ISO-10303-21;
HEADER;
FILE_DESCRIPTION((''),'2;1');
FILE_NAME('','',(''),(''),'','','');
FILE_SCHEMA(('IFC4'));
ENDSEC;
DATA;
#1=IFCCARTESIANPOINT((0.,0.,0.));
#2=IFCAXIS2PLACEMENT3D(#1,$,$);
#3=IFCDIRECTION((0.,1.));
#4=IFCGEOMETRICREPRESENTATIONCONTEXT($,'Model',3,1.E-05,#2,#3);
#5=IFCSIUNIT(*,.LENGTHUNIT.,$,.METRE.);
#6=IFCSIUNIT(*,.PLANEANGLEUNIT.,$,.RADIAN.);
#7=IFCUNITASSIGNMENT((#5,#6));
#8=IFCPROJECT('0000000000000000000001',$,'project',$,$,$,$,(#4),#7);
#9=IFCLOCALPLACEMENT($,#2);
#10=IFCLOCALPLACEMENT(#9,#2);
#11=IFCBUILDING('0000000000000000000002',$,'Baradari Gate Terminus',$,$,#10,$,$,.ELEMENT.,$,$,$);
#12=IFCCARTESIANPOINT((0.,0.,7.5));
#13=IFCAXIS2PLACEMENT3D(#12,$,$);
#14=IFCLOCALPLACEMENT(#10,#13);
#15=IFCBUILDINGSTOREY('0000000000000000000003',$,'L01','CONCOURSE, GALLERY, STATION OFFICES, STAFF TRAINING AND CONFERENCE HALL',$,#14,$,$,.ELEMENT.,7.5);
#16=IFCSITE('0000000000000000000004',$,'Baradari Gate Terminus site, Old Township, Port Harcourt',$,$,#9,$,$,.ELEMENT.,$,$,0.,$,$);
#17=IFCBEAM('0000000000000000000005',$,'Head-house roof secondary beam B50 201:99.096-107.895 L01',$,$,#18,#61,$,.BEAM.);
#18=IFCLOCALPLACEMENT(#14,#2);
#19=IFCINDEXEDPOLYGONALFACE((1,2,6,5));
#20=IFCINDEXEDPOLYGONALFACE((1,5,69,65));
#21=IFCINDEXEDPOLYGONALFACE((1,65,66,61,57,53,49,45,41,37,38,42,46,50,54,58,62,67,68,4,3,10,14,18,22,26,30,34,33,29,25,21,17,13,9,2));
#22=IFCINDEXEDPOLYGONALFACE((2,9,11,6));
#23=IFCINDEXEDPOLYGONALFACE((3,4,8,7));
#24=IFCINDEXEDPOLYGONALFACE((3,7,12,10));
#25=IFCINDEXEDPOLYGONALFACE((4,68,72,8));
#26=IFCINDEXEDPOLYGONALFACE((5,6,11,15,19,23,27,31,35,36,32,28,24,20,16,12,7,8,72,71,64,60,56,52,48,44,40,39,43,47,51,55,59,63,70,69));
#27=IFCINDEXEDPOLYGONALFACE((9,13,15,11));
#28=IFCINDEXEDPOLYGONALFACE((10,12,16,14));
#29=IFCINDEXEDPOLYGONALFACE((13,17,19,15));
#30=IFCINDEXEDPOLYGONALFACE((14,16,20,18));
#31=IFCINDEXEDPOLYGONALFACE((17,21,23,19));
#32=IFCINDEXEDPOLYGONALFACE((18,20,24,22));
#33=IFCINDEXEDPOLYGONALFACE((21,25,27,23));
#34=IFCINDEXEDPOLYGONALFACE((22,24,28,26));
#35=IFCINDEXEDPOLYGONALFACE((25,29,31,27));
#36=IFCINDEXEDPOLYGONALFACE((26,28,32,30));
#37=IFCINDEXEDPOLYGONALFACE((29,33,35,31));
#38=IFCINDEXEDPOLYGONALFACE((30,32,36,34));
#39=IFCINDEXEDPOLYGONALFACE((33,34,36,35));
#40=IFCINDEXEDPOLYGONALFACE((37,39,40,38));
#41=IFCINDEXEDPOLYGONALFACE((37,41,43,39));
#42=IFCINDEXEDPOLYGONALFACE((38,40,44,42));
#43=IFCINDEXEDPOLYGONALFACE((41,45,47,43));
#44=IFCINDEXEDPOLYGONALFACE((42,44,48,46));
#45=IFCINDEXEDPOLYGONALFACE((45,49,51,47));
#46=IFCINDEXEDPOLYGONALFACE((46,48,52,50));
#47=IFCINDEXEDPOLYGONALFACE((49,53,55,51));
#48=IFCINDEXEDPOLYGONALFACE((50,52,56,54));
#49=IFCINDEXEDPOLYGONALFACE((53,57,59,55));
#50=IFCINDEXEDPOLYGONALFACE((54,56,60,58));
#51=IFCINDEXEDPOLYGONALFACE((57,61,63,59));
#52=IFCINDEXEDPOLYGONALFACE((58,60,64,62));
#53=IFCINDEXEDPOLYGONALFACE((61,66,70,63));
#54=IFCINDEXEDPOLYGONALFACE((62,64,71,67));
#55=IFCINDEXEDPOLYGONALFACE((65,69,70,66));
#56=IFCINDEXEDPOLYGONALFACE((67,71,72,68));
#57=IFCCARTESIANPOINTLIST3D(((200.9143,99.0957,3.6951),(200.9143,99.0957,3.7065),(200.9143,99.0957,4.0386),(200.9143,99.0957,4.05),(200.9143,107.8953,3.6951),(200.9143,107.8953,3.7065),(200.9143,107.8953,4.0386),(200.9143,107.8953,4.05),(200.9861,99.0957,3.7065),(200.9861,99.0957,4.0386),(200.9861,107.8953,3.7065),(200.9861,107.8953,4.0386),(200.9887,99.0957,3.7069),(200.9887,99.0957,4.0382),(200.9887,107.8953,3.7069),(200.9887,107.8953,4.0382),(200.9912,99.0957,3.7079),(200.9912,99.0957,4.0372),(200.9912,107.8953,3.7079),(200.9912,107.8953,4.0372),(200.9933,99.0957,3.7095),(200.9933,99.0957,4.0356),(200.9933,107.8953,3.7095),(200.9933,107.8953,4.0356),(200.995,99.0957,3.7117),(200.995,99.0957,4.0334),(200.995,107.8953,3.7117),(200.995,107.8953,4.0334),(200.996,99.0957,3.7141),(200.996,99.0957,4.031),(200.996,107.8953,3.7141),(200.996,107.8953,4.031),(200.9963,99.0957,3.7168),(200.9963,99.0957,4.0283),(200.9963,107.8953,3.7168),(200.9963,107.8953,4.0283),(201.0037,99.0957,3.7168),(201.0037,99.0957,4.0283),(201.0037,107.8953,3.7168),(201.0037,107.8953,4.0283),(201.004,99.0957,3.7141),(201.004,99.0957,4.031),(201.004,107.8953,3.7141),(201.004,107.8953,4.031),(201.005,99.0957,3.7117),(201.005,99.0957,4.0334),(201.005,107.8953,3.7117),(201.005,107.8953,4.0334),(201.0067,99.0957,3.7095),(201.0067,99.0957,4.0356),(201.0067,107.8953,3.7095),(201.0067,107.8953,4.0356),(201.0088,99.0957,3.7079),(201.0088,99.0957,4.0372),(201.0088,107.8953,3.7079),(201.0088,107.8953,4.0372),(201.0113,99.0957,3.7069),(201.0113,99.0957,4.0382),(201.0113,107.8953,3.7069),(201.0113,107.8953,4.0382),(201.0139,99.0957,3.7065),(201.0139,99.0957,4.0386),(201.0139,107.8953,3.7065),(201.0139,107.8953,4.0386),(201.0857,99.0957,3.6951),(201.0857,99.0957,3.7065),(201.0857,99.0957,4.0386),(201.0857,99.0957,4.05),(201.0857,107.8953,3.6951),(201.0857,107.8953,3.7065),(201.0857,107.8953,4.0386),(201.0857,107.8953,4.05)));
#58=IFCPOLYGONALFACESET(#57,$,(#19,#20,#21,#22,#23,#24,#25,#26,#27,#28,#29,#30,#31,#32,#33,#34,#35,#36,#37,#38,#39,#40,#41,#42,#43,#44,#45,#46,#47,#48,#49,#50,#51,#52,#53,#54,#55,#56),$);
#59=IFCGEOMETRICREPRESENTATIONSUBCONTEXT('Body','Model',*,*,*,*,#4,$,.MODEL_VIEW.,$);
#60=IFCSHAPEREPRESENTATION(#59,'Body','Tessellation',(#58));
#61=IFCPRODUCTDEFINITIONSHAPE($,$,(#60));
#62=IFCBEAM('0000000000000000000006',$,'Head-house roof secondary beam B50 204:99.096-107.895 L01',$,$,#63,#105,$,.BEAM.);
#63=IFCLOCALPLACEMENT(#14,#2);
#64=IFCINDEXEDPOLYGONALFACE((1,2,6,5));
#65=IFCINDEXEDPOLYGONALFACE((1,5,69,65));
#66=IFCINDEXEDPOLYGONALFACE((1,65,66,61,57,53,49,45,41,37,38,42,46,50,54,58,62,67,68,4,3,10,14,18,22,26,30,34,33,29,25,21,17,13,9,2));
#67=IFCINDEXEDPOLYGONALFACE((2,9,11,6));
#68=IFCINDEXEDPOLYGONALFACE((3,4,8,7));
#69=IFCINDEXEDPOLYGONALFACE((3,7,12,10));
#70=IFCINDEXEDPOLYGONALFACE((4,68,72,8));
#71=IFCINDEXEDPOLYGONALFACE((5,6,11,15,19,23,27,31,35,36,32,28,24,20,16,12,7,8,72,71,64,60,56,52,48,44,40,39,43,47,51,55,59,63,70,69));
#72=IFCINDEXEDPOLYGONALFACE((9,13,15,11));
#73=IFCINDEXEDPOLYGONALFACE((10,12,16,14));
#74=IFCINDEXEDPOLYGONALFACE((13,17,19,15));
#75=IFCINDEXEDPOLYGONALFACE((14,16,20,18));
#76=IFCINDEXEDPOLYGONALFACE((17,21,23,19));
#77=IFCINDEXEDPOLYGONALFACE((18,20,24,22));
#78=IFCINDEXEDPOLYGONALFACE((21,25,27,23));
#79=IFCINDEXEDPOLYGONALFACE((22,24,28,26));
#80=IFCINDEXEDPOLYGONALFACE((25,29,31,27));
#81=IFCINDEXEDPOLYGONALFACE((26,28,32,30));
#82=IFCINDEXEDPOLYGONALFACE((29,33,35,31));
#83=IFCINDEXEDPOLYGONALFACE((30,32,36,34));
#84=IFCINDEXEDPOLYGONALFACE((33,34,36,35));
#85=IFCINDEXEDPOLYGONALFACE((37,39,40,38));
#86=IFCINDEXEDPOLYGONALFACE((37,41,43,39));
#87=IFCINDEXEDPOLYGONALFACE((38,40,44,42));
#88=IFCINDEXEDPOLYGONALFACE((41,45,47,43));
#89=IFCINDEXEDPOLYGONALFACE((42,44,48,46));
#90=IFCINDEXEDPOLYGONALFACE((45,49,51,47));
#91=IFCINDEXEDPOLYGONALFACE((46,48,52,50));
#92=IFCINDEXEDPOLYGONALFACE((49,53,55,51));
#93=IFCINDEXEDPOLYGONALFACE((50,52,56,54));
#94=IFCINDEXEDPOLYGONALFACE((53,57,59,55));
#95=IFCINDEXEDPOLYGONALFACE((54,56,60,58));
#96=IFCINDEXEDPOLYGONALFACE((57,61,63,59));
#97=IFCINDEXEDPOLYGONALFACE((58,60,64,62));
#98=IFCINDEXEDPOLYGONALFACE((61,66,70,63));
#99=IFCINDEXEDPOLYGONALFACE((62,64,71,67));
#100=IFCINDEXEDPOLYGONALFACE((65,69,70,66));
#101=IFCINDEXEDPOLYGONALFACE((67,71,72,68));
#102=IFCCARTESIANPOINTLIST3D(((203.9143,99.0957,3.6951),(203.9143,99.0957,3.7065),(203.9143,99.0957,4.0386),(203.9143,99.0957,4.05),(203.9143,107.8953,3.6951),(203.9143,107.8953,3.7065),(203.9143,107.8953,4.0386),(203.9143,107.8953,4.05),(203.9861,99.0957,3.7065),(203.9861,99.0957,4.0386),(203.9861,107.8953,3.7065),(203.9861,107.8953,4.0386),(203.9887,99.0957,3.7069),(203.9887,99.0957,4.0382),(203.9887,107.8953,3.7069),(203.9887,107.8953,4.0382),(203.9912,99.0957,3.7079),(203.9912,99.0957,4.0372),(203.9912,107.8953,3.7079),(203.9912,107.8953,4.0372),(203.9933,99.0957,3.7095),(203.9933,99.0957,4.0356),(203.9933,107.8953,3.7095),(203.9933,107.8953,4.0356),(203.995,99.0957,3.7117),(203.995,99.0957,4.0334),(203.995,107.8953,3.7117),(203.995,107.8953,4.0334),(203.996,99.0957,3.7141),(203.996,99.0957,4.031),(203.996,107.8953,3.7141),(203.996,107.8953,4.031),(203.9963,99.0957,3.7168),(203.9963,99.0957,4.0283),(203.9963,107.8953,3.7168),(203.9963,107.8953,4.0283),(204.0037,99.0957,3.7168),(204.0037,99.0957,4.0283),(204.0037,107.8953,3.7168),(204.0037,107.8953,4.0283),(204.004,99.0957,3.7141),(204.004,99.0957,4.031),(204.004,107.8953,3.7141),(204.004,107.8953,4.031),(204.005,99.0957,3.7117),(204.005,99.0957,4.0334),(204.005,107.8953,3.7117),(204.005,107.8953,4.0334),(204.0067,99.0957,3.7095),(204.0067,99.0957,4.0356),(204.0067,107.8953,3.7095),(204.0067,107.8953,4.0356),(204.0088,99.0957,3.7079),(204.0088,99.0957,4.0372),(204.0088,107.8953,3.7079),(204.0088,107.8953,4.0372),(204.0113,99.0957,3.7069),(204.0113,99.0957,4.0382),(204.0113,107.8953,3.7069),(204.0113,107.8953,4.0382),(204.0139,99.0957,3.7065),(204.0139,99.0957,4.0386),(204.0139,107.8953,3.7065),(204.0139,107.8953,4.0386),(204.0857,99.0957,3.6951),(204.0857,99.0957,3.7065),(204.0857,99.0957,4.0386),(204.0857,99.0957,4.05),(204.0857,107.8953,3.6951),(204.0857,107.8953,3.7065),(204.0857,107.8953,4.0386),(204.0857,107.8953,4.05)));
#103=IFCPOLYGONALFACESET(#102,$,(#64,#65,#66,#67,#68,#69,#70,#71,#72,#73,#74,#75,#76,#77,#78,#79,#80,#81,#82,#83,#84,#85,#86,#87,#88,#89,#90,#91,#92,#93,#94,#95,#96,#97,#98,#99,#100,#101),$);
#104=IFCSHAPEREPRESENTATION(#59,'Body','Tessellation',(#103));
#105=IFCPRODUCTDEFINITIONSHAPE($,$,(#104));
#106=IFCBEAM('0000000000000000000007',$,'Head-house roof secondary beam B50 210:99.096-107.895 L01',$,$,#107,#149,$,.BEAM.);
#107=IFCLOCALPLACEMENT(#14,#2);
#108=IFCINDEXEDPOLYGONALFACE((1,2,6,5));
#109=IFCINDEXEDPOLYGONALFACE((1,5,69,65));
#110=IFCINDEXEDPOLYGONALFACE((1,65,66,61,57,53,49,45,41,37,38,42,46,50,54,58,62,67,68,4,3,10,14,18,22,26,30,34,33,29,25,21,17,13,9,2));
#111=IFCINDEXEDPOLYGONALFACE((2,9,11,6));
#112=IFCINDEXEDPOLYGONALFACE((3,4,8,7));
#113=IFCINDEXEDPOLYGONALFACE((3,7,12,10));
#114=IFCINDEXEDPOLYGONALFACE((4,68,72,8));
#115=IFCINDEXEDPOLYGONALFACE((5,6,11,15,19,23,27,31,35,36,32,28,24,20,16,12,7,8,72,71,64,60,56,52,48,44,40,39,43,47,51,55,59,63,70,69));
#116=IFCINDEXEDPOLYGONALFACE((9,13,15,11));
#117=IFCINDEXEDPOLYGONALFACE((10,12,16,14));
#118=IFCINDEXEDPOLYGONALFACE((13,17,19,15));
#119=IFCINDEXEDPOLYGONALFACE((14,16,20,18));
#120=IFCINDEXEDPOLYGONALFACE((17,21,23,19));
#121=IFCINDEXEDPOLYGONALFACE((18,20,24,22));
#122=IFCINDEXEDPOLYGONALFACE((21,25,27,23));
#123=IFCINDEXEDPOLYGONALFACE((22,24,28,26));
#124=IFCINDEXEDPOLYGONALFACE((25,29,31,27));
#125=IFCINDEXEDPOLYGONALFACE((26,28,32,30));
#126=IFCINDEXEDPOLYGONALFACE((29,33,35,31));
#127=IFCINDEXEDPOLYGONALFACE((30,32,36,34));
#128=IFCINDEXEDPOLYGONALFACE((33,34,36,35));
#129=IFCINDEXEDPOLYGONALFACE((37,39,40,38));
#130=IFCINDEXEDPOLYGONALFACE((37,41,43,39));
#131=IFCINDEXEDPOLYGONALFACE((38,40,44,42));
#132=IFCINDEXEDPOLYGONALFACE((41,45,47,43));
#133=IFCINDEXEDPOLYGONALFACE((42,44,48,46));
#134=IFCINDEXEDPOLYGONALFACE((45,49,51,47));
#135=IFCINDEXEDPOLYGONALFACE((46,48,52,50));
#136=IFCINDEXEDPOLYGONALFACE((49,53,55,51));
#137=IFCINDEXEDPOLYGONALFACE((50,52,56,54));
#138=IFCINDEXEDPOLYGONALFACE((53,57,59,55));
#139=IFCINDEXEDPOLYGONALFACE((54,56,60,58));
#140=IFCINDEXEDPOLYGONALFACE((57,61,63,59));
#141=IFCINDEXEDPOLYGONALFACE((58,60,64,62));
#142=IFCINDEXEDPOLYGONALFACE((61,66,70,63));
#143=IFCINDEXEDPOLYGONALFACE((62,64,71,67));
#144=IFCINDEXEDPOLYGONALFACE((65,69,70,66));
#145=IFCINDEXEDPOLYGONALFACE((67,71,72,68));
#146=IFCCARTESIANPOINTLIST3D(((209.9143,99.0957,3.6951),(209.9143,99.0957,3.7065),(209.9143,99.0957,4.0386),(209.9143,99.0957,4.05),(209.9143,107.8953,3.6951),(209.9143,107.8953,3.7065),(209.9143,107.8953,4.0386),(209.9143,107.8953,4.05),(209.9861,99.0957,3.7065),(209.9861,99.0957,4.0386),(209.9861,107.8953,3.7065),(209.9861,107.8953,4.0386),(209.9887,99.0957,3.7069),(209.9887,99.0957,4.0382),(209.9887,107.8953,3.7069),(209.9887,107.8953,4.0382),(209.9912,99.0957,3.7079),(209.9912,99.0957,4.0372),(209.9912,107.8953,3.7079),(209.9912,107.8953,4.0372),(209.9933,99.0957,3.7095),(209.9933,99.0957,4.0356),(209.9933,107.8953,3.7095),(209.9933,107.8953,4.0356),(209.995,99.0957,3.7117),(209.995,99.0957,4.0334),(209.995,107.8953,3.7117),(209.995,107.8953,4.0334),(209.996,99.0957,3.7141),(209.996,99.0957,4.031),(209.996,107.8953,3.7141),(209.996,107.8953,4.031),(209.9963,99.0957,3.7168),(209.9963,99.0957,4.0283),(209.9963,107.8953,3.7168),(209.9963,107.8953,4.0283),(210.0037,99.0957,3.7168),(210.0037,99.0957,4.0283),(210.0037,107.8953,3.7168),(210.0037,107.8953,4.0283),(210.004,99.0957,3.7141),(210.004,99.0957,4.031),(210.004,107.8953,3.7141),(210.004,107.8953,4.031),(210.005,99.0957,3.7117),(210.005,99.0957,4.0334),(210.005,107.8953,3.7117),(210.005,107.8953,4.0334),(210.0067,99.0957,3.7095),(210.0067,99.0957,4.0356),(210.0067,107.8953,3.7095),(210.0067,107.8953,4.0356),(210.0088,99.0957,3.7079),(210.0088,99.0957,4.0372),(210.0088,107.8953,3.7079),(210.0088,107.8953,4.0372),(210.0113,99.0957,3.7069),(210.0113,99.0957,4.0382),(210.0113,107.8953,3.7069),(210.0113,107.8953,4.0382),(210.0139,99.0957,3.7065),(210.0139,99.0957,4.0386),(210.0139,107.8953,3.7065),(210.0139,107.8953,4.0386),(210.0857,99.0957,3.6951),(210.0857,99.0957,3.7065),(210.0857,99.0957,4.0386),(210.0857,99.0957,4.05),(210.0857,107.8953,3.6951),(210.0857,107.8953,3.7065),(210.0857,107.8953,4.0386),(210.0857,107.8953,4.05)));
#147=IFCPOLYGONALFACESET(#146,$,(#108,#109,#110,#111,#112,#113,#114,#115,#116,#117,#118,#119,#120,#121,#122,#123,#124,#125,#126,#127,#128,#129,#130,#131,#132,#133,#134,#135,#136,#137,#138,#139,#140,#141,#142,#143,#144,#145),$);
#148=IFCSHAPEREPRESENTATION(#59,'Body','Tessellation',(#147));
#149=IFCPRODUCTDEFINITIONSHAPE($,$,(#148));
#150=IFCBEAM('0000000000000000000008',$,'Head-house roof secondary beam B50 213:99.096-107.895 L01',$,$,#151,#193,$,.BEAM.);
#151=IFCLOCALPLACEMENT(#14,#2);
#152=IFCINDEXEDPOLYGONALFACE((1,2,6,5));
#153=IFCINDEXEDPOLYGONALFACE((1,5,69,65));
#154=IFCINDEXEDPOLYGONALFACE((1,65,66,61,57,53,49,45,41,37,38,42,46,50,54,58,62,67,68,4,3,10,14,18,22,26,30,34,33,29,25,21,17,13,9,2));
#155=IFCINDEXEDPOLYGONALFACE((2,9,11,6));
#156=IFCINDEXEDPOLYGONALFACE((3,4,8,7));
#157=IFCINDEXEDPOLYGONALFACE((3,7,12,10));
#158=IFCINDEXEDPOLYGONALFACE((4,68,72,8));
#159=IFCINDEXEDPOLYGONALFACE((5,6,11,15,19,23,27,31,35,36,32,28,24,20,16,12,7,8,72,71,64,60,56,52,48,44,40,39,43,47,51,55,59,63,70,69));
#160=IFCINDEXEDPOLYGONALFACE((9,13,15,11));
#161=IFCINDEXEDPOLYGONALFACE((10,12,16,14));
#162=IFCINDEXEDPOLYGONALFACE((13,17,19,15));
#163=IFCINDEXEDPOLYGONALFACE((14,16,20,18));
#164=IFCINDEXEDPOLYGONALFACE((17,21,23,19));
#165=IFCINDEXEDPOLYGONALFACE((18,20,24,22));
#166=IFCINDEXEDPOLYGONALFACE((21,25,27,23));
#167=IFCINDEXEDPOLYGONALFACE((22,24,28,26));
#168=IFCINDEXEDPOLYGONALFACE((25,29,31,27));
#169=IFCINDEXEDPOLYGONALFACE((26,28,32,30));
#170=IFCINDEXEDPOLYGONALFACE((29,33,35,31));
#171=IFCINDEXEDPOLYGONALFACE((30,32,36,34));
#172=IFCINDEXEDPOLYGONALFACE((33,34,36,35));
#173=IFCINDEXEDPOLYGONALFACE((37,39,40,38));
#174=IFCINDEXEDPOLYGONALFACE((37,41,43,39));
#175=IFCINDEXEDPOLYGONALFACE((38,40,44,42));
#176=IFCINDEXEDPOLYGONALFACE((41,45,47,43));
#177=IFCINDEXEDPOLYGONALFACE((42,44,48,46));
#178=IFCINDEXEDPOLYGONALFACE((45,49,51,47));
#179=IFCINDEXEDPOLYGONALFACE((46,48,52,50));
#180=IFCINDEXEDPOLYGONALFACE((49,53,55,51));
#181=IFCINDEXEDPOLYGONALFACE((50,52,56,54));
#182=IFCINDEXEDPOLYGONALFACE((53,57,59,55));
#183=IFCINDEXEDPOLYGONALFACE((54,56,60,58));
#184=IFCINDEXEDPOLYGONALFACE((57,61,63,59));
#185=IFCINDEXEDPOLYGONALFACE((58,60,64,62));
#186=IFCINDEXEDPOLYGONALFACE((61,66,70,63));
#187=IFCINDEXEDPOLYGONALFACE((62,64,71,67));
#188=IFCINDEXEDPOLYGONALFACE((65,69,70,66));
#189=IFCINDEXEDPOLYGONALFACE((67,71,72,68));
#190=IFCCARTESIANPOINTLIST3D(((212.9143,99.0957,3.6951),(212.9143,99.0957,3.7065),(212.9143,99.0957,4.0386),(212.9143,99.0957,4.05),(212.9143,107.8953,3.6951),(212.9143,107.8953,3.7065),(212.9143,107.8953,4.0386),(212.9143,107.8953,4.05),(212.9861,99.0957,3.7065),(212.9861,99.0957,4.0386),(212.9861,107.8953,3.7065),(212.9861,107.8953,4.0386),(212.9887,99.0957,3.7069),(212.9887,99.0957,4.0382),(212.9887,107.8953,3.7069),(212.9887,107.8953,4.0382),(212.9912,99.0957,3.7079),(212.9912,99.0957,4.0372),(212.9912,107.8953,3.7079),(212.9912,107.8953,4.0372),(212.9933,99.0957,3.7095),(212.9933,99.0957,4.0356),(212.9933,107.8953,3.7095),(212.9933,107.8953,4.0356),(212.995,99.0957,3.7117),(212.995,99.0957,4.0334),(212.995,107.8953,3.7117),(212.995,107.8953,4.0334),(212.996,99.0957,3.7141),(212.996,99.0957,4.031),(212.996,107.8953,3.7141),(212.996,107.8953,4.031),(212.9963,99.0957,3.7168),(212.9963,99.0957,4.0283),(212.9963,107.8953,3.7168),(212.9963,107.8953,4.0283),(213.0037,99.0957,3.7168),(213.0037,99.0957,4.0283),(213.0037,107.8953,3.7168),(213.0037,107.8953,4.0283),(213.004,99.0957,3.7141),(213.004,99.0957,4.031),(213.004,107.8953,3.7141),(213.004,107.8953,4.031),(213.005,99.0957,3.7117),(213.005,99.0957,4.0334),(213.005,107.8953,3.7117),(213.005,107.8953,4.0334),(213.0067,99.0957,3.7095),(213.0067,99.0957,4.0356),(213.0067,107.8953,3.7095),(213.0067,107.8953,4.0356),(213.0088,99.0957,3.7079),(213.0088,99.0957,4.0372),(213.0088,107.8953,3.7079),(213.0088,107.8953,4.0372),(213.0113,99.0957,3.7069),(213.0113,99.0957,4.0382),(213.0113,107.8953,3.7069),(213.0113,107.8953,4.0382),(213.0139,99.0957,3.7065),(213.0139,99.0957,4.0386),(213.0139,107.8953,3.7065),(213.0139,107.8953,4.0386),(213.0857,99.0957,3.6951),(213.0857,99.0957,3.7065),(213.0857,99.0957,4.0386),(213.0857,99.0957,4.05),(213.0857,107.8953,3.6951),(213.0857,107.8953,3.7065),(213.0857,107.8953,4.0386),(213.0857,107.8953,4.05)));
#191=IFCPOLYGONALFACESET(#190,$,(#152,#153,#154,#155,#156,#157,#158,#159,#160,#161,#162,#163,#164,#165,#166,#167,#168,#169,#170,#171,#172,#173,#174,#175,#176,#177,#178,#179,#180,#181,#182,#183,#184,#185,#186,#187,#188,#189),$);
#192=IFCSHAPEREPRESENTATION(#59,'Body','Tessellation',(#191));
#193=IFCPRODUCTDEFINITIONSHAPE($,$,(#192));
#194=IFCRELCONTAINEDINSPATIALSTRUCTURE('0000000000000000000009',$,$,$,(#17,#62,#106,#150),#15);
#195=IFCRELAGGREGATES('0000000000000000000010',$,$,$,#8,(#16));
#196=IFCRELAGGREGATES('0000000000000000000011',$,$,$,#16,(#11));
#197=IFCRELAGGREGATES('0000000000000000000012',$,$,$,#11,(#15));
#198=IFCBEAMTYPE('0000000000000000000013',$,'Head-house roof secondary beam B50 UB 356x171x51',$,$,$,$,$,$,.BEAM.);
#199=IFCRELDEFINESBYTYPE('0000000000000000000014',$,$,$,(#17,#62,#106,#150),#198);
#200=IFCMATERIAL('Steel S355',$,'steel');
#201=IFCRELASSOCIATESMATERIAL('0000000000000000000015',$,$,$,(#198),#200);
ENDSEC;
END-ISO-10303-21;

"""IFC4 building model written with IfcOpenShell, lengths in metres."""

from ifc_helpers import new_model, si_unit, direction, frame, origin, origin_2d, place, context, subcontext, project, spatial, i_section, extrude, material, material_profile, profile_set, type_object, element, save


model = new_model("IFC4")

# Units and contexts
model_context = context("Model", 3, precision=1e-05, world=origin(), true_north=direction((0.0, 1.0)))
body_context = subcontext(model_context, "Body", "Model", "MODEL_VIEW")
ifc_project = project(units=[si_unit("LENGTHUNIT", "METRE"), si_unit("PLANEANGLEUNIT", "RADIAN")], contexts=[model_context])

# Site, building, storey
site_placement = place(None, origin())
site = spatial("IfcSite", under=ifc_project, at=site_placement, Name="Baradari Gate Terminus site, Old Township, Port Harcourt", CompositionType="ELEMENT", RefElevation=0.0)
building_placement = place(site_placement, origin())
building = spatial("IfcBuilding", under=site, at=building_placement, Name="Baradari Gate Terminus", CompositionType="ELEMENT")
storey_placement = place(building_placement, frame((0.0, 0.0, 7.5)))
storey = spatial("IfcBuildingStorey", under=building, at=storey_placement, Name="L01", Description="CONCOURSE, GALLERY, STATION OFFICES, STAFF TRAINING AND CONFERENCE HALL", CompositionType="ELEMENT", Elevation=7.5)

# Beams
ifc_material_1 = material(Name="Steel S355", Category="steel")
ifc_material_profile_1 = material_profile(ifc_material_1, i_section(OverallWidth=0.1714, OverallDepth=0.355, WebThickness=0.0073, FlangeThickness=0.0115, FilletRadius=0.0103, at=origin_2d()), Name="UB 356x171x51")
ifc_profile_set_1 = profile_set([ifc_material_profile_1], Name="Steel S355")
beam_type_1 = type_object("IfcBeamType", Name="Head-house roof secondary beam B50 UB 356x171x51", PredefinedType="BEAM", material=ifc_profile_set_1)
for number, where, z_axis, x_axis, name in (
    (1, (201.0, 99.0957, 3.8726), (0.0, 1.0, 0.0), (-1.0, 0.0, 0.0), "Head-house roof secondary beam B50 201:99.096-107.895 L01"),
    (2, (204.0, 99.0957, 3.8726), (0.0, 1.0, 0.0), (-1.0, 0.0, 0.0), "Head-house roof secondary beam B50 204:99.096-107.895 L01"),
    (3, (210.0, 99.0957, 3.8726), (0.0, 1.0, 0.0), (-1.0, 0.0, 0.0), "Head-house roof secondary beam B50 210:99.096-107.895 L01"),
    (4, (213.0, 99.0957, 3.8726), (0.0, 1.0, 0.0), (-1.0, 0.0, 0.0), "Head-house roof secondary beam B50 213:99.096-107.895 L01"),
):
    element("IfcBeam", number, at=place(storey_placement, frame(where, z_axis=z_axis, x_axis=x_axis)), inside=storey, type_object=beam_type_1, Name=name, PredefinedType="BEAM", context=body_context, shape_type="SweptSolid", body=[
        extrude(i_section(OverallWidth=0.1714, OverallDepth=0.355, WebThickness=0.0073, FlangeThickness=0.0115, FilletRadius=0.0103, at=origin_2d()), origin(), (0.0, 0.0, 1.0), 8.7996),
    ])

save(model, "model.ifc")
